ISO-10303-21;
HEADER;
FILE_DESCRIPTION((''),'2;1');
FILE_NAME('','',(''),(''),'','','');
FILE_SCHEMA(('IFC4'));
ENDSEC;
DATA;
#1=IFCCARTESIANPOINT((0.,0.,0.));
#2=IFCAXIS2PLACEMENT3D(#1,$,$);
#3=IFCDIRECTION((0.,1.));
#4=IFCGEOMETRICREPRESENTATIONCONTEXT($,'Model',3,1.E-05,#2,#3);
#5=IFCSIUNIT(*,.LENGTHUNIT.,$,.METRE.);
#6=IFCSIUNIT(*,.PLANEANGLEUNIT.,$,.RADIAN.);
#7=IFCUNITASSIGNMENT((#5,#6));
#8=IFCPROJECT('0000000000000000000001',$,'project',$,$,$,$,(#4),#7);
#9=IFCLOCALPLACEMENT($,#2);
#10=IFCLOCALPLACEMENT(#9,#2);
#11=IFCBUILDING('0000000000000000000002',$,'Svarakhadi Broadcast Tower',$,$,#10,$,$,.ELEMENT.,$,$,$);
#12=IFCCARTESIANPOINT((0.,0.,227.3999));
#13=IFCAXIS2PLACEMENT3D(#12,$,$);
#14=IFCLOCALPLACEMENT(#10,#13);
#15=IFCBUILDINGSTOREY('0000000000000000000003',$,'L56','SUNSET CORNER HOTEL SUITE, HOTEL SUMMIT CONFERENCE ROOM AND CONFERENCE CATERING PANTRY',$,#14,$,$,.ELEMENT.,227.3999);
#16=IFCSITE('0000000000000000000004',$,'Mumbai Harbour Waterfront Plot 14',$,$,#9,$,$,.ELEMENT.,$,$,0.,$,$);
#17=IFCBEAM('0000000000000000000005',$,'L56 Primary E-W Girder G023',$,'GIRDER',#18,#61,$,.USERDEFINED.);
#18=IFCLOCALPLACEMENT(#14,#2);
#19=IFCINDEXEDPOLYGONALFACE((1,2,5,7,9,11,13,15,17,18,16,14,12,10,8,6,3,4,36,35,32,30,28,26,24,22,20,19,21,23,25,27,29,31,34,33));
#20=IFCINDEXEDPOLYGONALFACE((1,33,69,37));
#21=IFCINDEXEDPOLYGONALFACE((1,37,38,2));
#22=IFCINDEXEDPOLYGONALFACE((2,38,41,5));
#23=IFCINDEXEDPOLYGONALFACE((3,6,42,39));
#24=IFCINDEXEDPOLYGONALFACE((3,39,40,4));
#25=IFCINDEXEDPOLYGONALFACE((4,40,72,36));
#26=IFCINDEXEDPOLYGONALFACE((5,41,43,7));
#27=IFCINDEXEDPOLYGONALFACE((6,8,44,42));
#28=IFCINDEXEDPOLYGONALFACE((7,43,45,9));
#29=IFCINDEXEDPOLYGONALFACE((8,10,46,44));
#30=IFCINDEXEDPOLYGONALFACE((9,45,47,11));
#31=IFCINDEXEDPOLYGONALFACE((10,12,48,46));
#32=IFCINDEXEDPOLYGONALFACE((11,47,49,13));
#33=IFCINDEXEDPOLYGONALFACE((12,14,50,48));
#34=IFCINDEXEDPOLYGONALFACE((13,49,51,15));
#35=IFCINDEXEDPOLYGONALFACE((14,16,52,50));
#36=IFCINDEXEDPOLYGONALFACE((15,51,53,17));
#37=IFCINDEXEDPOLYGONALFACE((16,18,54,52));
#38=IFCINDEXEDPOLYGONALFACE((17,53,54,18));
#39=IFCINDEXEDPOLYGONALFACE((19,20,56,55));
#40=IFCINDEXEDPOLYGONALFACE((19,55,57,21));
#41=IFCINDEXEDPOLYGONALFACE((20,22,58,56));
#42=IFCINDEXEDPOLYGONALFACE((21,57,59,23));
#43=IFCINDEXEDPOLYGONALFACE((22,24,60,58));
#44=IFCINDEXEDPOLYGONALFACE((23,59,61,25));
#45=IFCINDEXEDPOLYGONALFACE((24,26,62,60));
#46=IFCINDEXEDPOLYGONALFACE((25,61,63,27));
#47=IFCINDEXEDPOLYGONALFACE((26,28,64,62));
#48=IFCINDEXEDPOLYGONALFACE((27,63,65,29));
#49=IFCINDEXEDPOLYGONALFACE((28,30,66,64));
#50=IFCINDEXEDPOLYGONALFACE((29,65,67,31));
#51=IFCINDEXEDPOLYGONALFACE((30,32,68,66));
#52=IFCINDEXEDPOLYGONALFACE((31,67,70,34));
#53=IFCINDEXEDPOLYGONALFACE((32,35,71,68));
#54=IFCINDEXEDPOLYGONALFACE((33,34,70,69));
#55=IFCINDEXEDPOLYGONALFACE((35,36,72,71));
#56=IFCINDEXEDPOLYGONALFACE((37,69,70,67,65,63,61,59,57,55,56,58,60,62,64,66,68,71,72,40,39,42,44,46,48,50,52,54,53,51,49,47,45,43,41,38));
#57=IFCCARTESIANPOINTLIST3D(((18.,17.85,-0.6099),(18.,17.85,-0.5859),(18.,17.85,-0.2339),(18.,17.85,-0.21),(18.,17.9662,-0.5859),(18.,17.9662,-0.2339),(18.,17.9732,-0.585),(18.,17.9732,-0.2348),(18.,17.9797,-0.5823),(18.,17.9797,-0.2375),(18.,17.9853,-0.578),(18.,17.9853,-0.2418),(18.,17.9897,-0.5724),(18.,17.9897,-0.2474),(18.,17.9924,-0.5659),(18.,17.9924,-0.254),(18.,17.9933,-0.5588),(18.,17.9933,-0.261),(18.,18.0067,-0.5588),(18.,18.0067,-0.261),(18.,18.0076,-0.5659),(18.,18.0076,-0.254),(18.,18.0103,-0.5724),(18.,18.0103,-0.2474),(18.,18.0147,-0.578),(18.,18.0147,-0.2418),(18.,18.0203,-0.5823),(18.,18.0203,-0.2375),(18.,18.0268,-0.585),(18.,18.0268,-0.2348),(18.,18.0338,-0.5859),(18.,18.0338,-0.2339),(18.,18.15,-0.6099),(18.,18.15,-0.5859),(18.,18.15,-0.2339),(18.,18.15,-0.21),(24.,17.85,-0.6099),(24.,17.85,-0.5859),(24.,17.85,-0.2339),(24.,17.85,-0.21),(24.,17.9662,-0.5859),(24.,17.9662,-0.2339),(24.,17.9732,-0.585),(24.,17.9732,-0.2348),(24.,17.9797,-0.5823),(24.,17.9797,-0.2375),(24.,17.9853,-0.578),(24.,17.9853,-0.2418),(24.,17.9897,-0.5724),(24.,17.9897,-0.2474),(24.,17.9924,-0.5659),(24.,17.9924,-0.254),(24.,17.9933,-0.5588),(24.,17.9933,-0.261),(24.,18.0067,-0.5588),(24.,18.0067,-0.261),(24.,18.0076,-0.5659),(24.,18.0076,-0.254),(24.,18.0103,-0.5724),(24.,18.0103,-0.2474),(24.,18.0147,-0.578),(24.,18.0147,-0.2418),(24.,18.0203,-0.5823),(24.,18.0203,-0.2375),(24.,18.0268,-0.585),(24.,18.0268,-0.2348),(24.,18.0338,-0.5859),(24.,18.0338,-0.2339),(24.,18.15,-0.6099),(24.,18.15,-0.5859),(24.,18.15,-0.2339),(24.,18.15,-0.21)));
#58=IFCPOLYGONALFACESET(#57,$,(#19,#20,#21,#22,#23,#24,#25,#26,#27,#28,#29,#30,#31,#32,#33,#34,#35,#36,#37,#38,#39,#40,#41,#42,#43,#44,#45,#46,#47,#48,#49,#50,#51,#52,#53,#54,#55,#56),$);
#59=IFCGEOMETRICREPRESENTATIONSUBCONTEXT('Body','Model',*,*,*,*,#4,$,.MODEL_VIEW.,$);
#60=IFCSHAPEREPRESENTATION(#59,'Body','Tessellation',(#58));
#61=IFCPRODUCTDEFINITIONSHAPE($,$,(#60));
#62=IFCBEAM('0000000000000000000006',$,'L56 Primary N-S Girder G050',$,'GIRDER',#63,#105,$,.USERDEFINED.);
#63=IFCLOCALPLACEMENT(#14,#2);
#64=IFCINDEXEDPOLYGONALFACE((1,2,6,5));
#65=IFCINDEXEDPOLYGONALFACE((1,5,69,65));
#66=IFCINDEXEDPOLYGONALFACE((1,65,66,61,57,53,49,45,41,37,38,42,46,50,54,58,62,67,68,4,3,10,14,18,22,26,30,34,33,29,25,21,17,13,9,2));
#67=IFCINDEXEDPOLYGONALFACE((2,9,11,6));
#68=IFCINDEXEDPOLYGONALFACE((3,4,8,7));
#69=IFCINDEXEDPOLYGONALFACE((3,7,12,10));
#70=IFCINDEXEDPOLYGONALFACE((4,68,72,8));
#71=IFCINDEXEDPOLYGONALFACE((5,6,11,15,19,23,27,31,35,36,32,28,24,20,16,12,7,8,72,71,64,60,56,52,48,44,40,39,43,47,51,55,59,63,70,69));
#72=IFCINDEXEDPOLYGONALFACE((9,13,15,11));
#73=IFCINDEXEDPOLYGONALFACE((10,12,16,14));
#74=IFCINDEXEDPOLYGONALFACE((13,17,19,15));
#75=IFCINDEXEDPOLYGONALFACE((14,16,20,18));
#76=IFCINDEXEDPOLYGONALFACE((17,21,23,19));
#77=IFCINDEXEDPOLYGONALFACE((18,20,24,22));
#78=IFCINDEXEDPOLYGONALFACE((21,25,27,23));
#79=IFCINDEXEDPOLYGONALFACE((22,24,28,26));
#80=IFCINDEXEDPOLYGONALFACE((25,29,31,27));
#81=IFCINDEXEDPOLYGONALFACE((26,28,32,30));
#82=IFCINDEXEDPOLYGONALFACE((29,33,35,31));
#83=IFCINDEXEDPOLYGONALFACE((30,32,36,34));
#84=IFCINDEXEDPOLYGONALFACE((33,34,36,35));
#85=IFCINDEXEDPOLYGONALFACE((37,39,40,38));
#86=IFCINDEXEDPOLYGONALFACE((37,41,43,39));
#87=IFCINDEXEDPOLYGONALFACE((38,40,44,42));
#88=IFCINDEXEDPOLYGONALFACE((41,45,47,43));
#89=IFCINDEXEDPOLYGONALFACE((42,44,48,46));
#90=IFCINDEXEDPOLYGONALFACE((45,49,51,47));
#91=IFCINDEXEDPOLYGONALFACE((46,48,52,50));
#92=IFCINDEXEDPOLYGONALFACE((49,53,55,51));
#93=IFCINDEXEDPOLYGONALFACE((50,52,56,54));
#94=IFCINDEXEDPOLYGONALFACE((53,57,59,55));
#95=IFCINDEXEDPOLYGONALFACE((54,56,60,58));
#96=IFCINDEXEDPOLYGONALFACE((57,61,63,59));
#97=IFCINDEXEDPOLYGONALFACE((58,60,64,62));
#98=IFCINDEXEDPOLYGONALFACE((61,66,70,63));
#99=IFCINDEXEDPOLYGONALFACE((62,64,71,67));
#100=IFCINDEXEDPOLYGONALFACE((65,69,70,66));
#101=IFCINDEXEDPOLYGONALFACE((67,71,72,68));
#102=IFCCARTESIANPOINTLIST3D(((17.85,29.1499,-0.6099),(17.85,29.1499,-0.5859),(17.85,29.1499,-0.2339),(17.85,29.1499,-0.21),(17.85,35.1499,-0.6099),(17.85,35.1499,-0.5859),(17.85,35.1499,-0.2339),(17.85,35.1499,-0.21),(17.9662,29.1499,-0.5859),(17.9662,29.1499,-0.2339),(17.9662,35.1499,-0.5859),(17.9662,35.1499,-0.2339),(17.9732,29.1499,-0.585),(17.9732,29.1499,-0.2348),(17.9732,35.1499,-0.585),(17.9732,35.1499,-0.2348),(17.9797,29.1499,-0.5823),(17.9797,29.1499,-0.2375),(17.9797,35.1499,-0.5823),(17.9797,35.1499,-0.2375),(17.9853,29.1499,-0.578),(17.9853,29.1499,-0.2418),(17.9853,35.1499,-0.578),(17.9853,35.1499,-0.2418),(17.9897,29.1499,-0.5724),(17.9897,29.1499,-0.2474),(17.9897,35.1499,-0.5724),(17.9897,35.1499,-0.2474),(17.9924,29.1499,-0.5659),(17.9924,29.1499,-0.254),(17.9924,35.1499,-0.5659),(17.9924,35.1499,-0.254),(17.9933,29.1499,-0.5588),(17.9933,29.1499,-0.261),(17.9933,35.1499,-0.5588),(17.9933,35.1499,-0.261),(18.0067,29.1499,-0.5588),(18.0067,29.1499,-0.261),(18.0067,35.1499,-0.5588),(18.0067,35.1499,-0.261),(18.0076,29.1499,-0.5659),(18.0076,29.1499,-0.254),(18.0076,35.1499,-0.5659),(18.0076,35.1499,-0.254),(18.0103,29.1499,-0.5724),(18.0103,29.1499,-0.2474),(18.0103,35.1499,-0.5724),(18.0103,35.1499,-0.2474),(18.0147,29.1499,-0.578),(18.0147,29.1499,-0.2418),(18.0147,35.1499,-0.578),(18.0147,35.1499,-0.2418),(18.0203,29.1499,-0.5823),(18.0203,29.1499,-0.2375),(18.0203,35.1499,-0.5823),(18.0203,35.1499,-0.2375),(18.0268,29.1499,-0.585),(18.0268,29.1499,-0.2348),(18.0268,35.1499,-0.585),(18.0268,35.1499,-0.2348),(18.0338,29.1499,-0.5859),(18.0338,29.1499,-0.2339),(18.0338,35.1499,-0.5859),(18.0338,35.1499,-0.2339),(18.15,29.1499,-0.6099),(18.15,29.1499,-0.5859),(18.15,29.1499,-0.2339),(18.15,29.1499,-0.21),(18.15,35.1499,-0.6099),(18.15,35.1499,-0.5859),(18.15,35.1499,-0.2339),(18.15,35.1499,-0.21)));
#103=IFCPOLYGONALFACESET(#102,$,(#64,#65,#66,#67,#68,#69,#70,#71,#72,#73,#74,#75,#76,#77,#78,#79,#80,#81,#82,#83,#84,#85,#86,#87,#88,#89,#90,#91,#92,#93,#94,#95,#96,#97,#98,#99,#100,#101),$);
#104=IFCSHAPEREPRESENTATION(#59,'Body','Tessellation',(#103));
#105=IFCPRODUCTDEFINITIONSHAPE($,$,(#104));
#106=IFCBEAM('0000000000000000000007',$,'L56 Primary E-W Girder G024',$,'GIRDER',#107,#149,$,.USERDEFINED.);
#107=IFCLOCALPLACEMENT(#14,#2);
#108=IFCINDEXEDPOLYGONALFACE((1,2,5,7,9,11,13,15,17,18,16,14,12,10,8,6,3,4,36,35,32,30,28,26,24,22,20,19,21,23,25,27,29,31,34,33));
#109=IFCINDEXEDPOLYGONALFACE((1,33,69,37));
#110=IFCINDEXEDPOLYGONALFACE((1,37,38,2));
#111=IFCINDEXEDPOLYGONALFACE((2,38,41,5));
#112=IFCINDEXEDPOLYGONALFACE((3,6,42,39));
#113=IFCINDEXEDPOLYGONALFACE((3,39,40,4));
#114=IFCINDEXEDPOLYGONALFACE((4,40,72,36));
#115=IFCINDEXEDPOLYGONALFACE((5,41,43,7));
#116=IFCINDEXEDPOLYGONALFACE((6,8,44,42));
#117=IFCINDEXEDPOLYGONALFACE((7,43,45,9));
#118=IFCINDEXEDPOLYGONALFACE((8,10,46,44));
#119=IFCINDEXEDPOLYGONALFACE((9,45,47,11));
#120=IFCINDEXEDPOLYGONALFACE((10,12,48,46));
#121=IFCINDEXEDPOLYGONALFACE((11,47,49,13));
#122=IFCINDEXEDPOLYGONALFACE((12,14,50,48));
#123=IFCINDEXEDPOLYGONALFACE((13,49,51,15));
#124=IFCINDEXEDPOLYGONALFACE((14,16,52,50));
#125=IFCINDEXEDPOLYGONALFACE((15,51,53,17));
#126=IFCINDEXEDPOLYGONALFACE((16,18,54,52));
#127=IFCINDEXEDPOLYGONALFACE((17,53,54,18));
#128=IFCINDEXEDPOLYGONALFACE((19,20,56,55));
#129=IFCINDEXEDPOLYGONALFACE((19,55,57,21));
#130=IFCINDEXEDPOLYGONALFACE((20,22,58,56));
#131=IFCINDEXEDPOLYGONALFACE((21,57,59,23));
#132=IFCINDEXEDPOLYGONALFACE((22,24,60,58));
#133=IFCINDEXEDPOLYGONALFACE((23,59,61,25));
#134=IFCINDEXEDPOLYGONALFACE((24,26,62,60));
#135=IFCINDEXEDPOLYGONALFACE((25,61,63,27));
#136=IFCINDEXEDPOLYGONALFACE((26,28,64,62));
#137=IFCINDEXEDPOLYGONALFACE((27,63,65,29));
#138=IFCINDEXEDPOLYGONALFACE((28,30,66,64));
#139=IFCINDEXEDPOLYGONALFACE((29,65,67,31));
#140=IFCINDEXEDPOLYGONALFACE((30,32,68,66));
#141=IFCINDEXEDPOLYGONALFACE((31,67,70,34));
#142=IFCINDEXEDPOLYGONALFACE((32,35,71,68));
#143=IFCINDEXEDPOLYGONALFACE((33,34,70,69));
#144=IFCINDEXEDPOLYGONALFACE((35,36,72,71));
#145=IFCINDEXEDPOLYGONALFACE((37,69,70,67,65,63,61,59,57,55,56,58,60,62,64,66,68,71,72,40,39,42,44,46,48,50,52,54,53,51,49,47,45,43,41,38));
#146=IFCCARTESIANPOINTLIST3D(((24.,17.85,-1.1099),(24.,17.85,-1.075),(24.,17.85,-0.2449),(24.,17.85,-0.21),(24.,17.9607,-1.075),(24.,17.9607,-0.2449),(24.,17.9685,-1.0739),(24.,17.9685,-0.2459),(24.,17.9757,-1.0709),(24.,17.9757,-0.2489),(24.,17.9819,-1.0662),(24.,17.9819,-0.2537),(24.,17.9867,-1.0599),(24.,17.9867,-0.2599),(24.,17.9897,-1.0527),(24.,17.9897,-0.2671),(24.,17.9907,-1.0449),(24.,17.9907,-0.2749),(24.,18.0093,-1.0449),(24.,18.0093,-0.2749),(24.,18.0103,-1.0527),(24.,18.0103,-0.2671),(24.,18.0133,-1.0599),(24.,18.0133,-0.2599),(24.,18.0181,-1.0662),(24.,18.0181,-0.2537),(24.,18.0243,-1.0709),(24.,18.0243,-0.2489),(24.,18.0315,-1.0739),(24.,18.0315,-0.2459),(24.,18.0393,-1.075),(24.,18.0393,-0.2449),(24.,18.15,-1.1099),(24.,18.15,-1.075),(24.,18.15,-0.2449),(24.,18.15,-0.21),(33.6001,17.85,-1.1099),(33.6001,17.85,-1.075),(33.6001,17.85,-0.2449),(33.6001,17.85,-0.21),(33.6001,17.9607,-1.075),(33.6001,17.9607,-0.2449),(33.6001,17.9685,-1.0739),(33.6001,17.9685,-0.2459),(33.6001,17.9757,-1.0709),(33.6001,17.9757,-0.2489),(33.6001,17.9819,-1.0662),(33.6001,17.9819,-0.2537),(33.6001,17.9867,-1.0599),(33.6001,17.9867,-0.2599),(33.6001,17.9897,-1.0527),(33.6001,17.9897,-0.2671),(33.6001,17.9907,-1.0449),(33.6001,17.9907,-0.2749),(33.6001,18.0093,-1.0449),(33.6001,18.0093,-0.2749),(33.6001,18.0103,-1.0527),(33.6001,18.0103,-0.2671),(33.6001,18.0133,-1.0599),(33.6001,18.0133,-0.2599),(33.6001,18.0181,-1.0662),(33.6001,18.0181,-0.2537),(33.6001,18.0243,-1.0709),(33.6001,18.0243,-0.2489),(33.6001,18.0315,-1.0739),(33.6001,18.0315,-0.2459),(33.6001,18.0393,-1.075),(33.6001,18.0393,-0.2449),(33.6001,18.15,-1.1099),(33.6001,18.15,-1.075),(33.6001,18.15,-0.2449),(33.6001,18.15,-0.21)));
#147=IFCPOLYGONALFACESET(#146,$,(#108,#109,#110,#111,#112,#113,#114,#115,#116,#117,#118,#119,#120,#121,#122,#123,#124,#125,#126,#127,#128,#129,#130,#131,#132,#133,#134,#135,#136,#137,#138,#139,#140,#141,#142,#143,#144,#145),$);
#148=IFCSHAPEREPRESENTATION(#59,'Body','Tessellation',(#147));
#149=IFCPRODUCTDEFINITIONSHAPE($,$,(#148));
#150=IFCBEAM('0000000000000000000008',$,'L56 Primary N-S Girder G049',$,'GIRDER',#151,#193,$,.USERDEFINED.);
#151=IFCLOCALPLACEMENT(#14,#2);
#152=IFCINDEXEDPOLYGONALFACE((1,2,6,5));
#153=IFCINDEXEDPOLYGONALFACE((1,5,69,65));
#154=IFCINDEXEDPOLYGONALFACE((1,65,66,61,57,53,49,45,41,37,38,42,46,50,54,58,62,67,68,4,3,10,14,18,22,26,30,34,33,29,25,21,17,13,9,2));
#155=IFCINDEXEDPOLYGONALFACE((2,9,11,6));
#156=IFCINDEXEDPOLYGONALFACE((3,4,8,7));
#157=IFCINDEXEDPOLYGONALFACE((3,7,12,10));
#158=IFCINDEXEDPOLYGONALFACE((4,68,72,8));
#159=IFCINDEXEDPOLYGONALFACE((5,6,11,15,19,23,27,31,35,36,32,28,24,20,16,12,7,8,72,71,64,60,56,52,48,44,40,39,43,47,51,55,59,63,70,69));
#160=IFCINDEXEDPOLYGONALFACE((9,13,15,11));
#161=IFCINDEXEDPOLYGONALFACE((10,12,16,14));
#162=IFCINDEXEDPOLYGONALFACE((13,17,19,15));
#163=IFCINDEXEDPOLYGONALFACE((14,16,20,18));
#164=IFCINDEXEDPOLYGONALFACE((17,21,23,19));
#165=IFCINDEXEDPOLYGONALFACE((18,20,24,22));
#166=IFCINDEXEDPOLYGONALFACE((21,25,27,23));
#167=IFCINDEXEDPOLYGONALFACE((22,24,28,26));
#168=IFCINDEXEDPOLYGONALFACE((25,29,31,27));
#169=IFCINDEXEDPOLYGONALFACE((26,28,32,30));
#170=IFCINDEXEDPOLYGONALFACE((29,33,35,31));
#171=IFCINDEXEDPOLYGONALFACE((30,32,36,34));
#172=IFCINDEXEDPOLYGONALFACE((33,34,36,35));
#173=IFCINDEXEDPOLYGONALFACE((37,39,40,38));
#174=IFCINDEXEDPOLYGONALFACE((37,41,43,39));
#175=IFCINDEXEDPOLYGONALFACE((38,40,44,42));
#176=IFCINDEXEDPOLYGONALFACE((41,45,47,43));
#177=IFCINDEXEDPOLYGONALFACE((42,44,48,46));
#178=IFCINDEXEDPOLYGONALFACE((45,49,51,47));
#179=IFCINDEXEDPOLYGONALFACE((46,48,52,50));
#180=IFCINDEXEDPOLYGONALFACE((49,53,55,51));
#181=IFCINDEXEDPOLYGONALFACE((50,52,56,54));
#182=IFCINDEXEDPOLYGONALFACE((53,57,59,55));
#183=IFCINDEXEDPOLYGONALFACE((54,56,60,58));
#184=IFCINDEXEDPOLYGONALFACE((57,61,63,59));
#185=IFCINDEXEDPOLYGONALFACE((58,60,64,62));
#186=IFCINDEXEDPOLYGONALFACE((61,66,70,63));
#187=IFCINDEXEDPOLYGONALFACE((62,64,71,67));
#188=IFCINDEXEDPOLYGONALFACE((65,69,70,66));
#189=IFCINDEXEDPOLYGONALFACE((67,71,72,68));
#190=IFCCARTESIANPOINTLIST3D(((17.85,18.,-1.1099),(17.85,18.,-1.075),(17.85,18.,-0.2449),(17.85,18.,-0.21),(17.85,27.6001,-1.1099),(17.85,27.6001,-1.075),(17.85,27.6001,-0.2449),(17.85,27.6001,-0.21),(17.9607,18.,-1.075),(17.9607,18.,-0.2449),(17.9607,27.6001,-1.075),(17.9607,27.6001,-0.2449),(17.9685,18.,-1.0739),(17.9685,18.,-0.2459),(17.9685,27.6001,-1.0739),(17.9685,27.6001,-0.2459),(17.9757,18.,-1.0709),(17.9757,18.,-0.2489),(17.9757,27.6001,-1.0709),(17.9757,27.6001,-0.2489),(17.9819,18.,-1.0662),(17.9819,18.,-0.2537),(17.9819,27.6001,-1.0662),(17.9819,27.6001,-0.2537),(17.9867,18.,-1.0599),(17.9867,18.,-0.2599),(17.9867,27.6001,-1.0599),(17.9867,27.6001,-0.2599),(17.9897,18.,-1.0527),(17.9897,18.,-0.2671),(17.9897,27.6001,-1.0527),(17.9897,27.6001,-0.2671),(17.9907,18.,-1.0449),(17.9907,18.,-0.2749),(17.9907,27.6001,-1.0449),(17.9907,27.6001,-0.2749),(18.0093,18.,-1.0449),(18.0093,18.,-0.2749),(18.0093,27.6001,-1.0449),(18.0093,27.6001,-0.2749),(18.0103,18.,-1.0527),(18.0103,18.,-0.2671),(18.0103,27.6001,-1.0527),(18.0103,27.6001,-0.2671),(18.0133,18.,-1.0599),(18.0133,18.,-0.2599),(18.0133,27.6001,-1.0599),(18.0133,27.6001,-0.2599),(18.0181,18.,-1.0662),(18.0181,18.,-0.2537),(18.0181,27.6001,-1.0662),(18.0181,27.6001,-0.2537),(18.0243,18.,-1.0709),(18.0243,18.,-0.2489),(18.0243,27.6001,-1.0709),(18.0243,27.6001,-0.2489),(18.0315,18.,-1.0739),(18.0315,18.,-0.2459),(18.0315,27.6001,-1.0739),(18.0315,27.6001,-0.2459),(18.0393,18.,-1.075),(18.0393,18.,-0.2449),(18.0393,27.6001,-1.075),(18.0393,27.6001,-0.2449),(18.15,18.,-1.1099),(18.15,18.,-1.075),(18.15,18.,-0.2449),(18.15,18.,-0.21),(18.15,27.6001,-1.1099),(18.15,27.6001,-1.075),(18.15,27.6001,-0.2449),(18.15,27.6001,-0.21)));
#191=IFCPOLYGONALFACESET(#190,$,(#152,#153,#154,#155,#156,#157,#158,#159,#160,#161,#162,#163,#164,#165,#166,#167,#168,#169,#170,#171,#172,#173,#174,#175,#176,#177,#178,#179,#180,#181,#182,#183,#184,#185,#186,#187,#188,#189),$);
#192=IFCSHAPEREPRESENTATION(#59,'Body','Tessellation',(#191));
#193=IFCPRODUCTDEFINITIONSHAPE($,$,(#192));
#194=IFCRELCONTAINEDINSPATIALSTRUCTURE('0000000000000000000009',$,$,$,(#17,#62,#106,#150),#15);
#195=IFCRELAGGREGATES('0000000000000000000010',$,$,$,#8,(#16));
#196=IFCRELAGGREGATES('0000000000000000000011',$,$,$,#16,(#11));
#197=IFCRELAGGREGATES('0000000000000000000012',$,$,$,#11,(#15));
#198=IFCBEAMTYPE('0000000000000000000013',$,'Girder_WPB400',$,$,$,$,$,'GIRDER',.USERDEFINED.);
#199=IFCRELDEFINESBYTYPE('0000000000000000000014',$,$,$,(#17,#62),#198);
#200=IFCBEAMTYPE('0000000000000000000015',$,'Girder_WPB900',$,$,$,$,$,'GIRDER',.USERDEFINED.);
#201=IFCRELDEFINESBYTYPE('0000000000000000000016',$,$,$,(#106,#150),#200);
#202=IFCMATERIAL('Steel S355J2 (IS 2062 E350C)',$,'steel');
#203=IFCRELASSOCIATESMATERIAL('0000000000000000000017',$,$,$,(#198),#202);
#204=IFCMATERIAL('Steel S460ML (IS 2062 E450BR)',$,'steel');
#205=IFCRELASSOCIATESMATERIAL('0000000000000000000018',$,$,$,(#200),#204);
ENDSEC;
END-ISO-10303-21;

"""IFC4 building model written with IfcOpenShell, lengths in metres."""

from ifc_helpers import new_model, si_unit, direction, frame, origin, origin_2d, place, context, subcontext, project, spatial, i_section, extrude, material, material_profile, profile_set, type_object, element, save


model = new_model("IFC4")

# Units and contexts
model_context = context("Model", 3, precision=1e-05, world=origin(), true_north=direction((0.0, 1.0)))
body_context = subcontext(model_context, "Body", "Model", "MODEL_VIEW")
ifc_project = project(units=[si_unit("LENGTHUNIT", "METRE"), si_unit("PLANEANGLEUNIT", "RADIAN")], contexts=[model_context])

# Site, building, storey
site_placement = place(None, origin())
site = spatial("IfcSite", under=ifc_project, at=site_placement, Name="Mumbai Harbour Waterfront Plot 14", CompositionType="ELEMENT", RefElevation=0.0)
building_placement = place(site_placement, origin())
building = spatial("IfcBuilding", under=site, at=building_placement, Name="Svarakhadi Broadcast Tower", CompositionType="ELEMENT")
storey_placement = place(building_placement, frame((0.0, 0.0, 227.3999)))
storey = spatial("IfcBuildingStorey", under=building, at=storey_placement, Name="L56", Description="SUNSET CORNER HOTEL SUITE, HOTEL SUMMIT CONFERENCE ROOM AND CONFERENCE CATERING PANTRY", CompositionType="ELEMENT", Elevation=227.3999)

# Shared definitions
ifc_material_1 = material(Name="Steel S355J2 (IS 2062 E350C)", Category="steel")

# Beams
ifc_material_profile_1 = material_profile(ifc_material_1, i_section(OverallWidth=0.3, OverallDepth=0.3999, WebThickness=0.0134, FlangeThickness=0.0239, FilletRadius=0.0271, at=origin_2d()), Name="WPB 400x300x155")
ifc_profile_set_1 = profile_set([ifc_material_profile_1], Name="Steel S355J2 (IS 2062 E350C)")
beam_type_1 = type_object("IfcBeamType", Name="Girder_WPB400", ElementType="GIRDER", PredefinedType="USERDEFINED", material=ifc_profile_set_1)
for number, where, z_axis, x_axis, name in (
    (1, (18.0, 18.0, -0.4099), (1.0, 0.0, 0.0), (0.0, 1.0, 0.0), "L56 Primary E-W Girder G023"),
    (2, (18.0, 29.1499, -0.4099), (0.0, 1.0, 0.0), (-1.0, 0.0, 0.0), "L56 Primary N-S Girder G050"),
):
    element("IfcBeam", number, at=place(storey_placement, frame(where, z_axis=z_axis, x_axis=x_axis)), inside=storey, type_object=beam_type_1, Name=name, ObjectType="GIRDER", PredefinedType="USERDEFINED", context=body_context, shape_type="SweptSolid", body=[
        extrude(i_section(OverallWidth=0.3, OverallDepth=0.3999, WebThickness=0.0134, FlangeThickness=0.0239, FilletRadius=0.0271, at=origin_2d()), origin(), (0.0, 0.0, 1.0), 6.0),
    ])
ifc_material_2 = material(Name="Steel S460ML (IS 2062 E450BR)", Category="steel")
ifc_material_profile_2 = material_profile(ifc_material_2, i_section(OverallWidth=0.3, OverallDepth=0.8999, WebThickness=0.0186, FlangeThickness=0.0349, FilletRadius=0.03, at=origin_2d()), Name="WPB 900x300x291")
ifc_profile_set_2 = profile_set([ifc_material_profile_2], Name="Steel S460ML (IS 2062 E450BR)")
beam_type_2 = type_object("IfcBeamType", Name="Girder_WPB900", ElementType="GIRDER", PredefinedType="USERDEFINED", material=ifc_profile_set_2)
for number, where, z_axis, x_axis, name in (
    (3, (24.0, 18.0, -0.6599), (1.0, 0.0, 0.0), (0.0, 1.0, 0.0), "L56 Primary E-W Girder G024"),
    (4, (18.0, 18.0, -0.6599), (0.0, 1.0, 0.0), (-1.0, 0.0, 0.0), "L56 Primary N-S Girder G049"),
):
    element("IfcBeam", number, at=place(storey_placement, frame(where, z_axis=z_axis, x_axis=x_axis)), inside=storey, type_object=beam_type_2, Name=name, ObjectType="GIRDER", PredefinedType="USERDEFINED", context=body_context, shape_type="SweptSolid", body=[
        extrude(i_section(OverallWidth=0.3, OverallDepth=0.8999, WebThickness=0.0186, FlangeThickness=0.0349, FilletRadius=0.03, at=origin_2d()), origin(), (0.0, 0.0, 1.0), 9.6001),
    ])

save(model, "model.ifc")
